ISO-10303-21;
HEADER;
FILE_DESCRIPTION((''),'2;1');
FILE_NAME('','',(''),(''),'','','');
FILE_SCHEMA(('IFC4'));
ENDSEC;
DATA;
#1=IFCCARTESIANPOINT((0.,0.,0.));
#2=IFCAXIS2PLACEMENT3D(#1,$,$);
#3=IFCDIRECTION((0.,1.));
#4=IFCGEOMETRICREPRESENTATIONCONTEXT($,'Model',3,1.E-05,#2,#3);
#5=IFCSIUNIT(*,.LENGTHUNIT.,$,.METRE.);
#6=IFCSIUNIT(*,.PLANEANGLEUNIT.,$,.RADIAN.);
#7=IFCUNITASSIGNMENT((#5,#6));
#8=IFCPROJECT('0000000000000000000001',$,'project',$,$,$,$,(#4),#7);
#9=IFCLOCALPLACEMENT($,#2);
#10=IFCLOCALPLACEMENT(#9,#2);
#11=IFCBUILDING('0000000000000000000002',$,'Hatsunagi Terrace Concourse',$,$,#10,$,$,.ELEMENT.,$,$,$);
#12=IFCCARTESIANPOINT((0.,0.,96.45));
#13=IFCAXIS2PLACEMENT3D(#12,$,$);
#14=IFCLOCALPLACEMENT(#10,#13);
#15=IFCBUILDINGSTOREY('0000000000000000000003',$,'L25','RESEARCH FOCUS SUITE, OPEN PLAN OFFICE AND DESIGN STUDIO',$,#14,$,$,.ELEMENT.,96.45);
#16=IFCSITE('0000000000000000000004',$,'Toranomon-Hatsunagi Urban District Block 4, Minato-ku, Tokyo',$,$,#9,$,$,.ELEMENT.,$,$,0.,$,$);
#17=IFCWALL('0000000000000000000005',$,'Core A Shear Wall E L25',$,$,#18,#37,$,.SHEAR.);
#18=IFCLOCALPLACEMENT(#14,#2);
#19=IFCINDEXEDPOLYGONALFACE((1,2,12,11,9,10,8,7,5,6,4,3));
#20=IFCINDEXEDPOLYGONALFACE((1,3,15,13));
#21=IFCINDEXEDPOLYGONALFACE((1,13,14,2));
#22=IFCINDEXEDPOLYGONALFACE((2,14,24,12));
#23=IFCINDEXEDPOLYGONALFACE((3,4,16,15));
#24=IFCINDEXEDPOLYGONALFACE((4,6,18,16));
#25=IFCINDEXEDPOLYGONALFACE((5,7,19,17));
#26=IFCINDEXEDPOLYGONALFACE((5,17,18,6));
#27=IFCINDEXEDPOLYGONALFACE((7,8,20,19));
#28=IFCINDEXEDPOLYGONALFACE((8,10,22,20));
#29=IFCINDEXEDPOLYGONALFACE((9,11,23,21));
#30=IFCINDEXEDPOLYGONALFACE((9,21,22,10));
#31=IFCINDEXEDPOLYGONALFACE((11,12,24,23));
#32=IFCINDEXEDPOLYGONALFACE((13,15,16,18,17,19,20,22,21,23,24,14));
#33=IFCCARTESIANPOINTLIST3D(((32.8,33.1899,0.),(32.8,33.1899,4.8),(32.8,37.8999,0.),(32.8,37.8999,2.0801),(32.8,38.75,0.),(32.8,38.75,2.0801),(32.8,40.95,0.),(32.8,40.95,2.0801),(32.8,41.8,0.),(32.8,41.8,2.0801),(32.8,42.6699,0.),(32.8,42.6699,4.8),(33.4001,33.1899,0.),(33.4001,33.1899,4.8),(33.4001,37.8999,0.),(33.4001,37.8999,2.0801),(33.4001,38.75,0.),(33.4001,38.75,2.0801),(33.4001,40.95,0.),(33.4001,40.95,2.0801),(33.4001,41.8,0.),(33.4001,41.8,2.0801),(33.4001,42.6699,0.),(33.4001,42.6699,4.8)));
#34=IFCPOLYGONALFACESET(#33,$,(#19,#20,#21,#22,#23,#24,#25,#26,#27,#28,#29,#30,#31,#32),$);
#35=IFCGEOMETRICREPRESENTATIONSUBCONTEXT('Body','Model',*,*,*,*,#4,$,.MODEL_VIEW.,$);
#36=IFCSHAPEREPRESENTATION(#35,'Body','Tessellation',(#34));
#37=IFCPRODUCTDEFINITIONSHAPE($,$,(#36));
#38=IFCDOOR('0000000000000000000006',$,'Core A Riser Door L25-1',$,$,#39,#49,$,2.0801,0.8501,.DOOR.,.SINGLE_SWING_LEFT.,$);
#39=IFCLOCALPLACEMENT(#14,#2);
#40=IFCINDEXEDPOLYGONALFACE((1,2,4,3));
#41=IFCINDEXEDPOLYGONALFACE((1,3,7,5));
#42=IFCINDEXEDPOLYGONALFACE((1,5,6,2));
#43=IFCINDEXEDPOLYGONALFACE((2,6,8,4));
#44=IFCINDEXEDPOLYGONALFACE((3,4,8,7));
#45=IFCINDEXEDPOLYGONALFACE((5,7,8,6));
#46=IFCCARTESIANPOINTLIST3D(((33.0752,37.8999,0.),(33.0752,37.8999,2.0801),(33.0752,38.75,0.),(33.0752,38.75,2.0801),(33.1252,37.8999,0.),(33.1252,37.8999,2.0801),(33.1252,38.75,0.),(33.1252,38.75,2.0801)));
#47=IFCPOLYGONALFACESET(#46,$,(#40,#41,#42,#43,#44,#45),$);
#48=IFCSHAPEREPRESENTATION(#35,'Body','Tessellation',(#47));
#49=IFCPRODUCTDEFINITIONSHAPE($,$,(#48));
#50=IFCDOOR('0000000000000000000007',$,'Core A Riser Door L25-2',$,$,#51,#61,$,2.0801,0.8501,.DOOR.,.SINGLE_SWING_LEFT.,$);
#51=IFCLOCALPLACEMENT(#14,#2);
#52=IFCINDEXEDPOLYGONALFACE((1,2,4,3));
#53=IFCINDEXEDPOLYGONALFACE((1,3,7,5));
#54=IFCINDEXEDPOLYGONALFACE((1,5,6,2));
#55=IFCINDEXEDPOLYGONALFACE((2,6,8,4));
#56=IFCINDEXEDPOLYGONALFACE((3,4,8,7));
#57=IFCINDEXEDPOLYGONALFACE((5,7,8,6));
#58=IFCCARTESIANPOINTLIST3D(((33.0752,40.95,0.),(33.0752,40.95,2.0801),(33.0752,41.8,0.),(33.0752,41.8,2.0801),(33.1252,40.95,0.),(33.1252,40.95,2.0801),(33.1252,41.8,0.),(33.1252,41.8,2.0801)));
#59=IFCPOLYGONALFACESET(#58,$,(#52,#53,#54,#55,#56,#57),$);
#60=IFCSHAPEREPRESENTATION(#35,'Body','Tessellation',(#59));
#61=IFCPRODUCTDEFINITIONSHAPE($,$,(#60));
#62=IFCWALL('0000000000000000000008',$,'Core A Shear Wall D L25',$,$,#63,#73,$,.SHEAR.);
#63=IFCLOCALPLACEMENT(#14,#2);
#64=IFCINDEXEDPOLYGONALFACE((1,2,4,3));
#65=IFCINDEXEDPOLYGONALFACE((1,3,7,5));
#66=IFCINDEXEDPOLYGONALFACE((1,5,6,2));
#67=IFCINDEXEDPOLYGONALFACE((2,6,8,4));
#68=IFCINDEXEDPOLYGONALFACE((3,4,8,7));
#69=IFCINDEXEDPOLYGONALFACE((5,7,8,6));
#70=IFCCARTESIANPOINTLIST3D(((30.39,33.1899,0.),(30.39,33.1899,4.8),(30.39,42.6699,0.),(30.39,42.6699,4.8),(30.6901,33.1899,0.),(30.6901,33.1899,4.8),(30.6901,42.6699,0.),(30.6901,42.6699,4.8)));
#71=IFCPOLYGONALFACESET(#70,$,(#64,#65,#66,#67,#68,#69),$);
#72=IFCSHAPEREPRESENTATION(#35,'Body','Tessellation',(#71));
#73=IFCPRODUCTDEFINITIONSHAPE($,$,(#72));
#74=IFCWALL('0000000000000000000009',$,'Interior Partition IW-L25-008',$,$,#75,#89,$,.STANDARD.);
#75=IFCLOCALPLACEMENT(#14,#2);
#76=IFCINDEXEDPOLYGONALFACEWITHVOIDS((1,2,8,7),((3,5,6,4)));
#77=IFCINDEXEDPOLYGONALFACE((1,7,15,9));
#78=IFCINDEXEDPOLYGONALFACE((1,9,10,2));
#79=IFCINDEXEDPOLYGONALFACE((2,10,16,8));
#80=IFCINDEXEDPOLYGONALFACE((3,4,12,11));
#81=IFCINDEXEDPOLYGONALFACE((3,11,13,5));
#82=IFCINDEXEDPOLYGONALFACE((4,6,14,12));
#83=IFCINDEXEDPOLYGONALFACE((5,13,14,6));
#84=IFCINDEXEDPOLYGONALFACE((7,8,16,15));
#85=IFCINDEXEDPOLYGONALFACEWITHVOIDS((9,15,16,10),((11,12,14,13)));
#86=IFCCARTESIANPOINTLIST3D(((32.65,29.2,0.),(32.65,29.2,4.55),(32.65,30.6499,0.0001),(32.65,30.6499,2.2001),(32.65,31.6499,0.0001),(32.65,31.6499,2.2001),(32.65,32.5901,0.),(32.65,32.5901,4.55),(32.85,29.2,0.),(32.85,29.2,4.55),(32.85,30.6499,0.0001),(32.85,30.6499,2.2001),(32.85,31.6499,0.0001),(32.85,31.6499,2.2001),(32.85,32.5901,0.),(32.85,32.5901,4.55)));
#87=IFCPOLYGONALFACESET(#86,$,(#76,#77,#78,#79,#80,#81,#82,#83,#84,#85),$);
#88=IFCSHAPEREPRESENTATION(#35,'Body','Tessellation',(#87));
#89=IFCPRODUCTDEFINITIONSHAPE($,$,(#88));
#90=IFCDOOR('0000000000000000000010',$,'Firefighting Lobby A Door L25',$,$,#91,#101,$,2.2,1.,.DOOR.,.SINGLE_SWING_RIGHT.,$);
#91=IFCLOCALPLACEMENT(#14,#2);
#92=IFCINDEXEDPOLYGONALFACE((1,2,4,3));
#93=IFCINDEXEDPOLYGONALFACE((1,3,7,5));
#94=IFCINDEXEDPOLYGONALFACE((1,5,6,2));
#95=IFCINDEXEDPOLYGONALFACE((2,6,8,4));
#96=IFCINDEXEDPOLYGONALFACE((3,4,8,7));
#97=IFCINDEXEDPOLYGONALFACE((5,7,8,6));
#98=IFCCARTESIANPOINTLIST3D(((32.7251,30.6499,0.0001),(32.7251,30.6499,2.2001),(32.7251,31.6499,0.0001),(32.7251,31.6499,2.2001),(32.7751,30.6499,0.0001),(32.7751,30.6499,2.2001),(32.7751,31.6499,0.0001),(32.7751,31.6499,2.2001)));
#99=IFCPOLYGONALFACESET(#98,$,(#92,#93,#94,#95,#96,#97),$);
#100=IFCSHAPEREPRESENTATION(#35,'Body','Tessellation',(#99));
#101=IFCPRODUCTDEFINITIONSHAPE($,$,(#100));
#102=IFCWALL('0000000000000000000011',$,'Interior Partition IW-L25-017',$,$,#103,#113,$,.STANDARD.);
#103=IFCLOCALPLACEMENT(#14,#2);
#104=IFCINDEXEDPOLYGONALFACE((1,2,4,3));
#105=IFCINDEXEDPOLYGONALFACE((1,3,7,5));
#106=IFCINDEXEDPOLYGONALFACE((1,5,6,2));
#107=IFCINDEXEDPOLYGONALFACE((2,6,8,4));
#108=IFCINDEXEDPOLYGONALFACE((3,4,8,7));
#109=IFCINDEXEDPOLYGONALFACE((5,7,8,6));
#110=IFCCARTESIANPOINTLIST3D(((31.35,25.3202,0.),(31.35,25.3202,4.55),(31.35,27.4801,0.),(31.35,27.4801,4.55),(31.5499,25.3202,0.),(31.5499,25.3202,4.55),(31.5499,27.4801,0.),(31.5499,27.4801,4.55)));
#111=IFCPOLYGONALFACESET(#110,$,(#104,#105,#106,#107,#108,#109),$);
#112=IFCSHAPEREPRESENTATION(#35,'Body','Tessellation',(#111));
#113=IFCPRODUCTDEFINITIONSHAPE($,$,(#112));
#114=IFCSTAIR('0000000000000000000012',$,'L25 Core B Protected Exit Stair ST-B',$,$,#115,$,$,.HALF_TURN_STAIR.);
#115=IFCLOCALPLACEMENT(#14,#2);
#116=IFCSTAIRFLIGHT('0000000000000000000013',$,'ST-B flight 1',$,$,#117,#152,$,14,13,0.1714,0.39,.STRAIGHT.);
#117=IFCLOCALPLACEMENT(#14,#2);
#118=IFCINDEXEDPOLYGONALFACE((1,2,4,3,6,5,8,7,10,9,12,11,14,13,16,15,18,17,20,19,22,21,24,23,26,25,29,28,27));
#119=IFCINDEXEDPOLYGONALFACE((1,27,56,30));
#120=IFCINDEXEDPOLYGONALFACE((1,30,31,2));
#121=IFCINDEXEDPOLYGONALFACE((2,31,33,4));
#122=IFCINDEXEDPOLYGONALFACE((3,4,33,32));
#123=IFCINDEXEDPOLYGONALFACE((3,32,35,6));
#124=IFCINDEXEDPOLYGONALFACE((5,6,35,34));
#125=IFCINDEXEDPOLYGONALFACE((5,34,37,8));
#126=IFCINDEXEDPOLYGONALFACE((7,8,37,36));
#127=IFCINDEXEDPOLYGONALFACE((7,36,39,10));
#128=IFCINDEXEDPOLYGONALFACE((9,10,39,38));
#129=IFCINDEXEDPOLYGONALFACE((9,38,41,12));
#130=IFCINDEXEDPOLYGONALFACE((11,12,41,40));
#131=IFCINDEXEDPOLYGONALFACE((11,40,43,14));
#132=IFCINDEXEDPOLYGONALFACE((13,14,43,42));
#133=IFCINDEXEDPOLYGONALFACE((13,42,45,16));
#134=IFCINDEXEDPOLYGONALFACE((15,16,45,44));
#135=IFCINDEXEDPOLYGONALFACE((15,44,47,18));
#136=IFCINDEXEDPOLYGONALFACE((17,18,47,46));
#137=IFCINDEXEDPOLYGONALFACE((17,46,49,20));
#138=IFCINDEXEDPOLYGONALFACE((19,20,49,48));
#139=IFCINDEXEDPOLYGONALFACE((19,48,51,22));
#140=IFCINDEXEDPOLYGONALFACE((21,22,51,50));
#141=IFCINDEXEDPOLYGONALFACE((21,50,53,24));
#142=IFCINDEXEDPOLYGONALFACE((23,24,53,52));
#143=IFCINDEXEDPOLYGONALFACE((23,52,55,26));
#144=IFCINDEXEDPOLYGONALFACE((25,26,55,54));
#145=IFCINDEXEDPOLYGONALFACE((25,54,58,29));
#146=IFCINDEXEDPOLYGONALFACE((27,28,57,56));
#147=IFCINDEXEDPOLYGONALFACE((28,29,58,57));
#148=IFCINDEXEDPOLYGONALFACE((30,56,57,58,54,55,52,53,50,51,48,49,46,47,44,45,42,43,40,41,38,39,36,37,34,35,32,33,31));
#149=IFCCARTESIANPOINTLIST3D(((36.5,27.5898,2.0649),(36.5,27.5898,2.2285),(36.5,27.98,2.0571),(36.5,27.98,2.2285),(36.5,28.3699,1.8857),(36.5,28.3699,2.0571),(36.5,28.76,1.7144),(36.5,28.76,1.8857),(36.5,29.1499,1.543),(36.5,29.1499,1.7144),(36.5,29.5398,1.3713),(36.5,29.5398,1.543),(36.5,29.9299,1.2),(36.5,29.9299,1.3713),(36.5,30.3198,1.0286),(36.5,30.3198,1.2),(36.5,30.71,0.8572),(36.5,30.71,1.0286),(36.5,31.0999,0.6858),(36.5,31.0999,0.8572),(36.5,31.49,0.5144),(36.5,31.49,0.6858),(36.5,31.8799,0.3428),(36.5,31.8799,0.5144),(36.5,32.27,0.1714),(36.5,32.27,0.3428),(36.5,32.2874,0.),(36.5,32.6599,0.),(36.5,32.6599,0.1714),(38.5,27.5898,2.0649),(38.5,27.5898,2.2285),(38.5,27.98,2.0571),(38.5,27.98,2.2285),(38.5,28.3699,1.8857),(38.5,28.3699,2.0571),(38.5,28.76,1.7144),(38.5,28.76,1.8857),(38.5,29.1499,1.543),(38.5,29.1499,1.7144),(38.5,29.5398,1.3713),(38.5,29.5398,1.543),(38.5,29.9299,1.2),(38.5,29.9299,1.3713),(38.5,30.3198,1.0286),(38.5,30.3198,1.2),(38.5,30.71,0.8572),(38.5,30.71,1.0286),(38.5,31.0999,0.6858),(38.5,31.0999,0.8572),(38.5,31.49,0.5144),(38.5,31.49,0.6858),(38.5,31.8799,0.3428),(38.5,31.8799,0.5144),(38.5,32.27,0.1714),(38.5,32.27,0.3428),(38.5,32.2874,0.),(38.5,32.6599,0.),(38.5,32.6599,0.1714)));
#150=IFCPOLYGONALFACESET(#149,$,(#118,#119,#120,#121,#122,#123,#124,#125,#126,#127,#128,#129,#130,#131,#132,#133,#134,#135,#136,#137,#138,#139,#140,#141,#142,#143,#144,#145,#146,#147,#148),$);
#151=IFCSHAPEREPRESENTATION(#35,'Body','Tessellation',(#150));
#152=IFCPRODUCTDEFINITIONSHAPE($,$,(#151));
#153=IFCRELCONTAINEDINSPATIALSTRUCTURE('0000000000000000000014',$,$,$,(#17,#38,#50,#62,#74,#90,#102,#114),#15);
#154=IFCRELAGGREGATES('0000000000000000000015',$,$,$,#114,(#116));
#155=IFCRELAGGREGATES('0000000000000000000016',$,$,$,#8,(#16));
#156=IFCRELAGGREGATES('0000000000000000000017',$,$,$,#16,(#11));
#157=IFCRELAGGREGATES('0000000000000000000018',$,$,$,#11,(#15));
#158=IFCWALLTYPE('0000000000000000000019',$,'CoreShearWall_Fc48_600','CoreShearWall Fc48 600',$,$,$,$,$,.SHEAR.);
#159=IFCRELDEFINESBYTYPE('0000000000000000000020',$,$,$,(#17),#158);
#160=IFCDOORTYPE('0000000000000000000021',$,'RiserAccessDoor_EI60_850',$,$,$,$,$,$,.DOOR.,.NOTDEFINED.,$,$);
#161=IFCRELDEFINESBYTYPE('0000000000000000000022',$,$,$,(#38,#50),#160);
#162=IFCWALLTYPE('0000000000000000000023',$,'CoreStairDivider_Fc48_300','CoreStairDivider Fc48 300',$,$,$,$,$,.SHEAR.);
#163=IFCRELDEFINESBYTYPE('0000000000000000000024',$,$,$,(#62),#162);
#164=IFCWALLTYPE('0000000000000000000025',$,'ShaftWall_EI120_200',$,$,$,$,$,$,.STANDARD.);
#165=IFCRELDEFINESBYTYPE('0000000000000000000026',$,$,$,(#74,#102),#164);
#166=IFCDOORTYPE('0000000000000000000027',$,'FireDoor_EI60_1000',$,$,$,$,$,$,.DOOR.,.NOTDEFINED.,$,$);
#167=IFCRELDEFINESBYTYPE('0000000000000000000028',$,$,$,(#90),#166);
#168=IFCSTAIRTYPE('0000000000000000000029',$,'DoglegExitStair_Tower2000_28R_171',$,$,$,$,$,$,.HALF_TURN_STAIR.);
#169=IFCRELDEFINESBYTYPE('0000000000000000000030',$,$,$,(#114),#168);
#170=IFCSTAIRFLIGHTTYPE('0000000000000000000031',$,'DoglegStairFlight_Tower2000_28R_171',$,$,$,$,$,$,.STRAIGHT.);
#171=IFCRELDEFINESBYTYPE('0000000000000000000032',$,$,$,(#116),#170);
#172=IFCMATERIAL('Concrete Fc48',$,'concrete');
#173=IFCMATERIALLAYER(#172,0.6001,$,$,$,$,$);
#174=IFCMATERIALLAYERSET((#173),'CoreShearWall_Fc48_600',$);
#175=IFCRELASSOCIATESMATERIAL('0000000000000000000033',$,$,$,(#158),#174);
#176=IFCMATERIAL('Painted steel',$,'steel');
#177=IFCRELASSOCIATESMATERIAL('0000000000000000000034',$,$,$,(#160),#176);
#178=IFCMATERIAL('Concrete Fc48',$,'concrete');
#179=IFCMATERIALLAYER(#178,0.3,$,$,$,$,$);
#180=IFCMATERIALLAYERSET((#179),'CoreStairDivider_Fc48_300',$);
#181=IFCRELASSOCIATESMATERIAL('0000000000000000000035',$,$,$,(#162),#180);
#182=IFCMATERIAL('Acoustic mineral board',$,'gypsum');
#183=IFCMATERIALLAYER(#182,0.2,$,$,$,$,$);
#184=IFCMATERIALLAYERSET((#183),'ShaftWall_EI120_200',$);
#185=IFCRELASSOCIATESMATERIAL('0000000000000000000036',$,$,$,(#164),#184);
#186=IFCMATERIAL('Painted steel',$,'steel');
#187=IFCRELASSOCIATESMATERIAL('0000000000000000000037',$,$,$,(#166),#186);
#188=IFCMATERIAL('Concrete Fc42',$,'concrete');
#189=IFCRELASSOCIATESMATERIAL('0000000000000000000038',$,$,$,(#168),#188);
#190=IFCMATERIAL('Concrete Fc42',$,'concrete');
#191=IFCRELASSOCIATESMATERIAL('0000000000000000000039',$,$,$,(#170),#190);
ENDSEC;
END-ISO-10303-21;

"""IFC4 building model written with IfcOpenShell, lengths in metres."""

from ifc_helpers import new_model, si_unit, direction, frame, frame_2d, origin, place, context, subcontext, project, spatial, polyline, rectangle, outline, extrude, material, layer, layer_set, type_object, element, fill, aggregate, save


model = new_model("IFC4")

# Units and contexts
model_context = context("Model", 3, precision=1e-05, world=origin(), true_north=direction((0.0, 1.0)))
body_context = subcontext(model_context, "Body", "Model", "MODEL_VIEW")
ifc_project = project(units=[si_unit("LENGTHUNIT", "METRE"), si_unit("PLANEANGLEUNIT", "RADIAN")], contexts=[model_context])

# Site, building, storey
site_placement = place(None, origin())
site = spatial("IfcSite", under=ifc_project, at=site_placement, Name="Toranomon-Hatsunagi Urban District Block 4, Minato-ku, Tokyo", CompositionType="ELEMENT", RefElevation=0.0)
building_placement = place(site_placement, origin())
building = spatial("IfcBuilding", under=site, at=building_placement, Name="Hatsunagi Terrace Concourse", CompositionType="ELEMENT")
storey_placement = place(building_placement, frame((0.0, 0.0, 96.45)))
storey = spatial("IfcBuildingStorey", under=building, at=storey_placement, Name="L25", Description="RESEARCH FOCUS SUITE, OPEN PLAN OFFICE AND DESIGN STUDIO", CompositionType="ELEMENT", Elevation=96.45)

# Wall, openings, doors
ifc_material_1 = material(Name="Concrete Fc48", Category="concrete")
ifc_layer_1 = layer(ifc_material_1, 0.6001)
ifc_layer_set_1 = layer_set([ifc_layer_1], Name="CoreShearWall_Fc48_600")
wall_type_1 = type_object("IfcWallType", Name="CoreShearWall_Fc48_600", Description="CoreShearWall Fc48 600", PredefinedType="SHEAR", material=ifc_layer_set_1)
wall_1_placement = place(storey_placement, frame((33.1001, 33.1899, 0.0), z_axis=(0.0, 0.0, 1.0), x_axis=(0.0, 1.0, 0.0)))
wall_1 = element("IfcWall", 1, at=wall_1_placement, inside=storey, type_object=wall_type_1, Name="Core A Shear Wall E L25", PredefinedType="SHEAR", context=body_context, shape_type="SweptSolid", body=[
    extrude(rectangle(XDim=9.48, YDim=0.6001, at=frame_2d((4.74, 0.0))), origin(), (0.0, 0.0, 1.0), 4.8),
])
opening_1_placement = place(wall_1_placement, frame((4.71, 0.0, 0.0)))
opening_1 = element("IfcOpeningElement", 2, at=opening_1_placement, cuts=wall_1, PredefinedType="OPENING", context=body_context, shape_type="SweptSolid", body=[
    extrude(rectangle(XDim=0.8501, YDim=2.0801, at=frame_2d((0.425, 1.04))), frame((0.0, 0.3101, 0.0), z_axis=(0.0, -1.0, 0.0), x_axis=(1.0, 0.0, 0.0)), (0.0, 0.0, 1.0), 0.6201),
])
opening_2_placement = place(wall_1_placement, frame((7.76, 0.0, 0.0)))
opening_2 = element("IfcOpeningElement", 3, at=opening_2_placement, cuts=wall_1, PredefinedType="OPENING", context=body_context, shape_type="SweptSolid", body=[
    extrude(rectangle(XDim=0.8501, YDim=2.0801, at=frame_2d((0.425, 1.04))), frame((0.0, 0.3101, 0.0), z_axis=(0.0, -1.0, 0.0), x_axis=(1.0, 0.0, 0.0)), (0.0, 0.0, 1.0), 0.6201),
])
ifc_material_2 = material(Name="Painted steel", Category="steel")
door_type_1 = type_object("IfcDoorType", Name="RiserAccessDoor_EI60_850", OperationType="NOTDEFINED", PredefinedType="DOOR", material=ifc_material_2)
door_1_placement = place(opening_1_placement, origin())
door_1 = element("IfcDoor", 4, at=door_1_placement, inside=storey, type_object=door_type_1, Name="Core A Riser Door L25-1", OperationType="SINGLE_SWING_LEFT", OverallHeight=2.0801, OverallWidth=0.8501, PredefinedType="DOOR", context=body_context, shape_type="SweptSolid", body=[
    extrude(rectangle(XDim=0.8501, YDim=2.0801, at=frame_2d((0.425, 1.04))), frame((0.0, 0.0249, 0.0), z_axis=(0.0, -1.0, 0.0), x_axis=(1.0, 0.0, 0.0)), (0.0, 0.0, 1.0), 0.05),
])
fill(opening_1, door_1)
door_2_placement = place(opening_2_placement, origin())
door_2 = element("IfcDoor", 5, at=door_2_placement, inside=storey, type_object=door_type_1, Name="Core A Riser Door L25-2", OperationType="SINGLE_SWING_LEFT", OverallHeight=2.0801, OverallWidth=0.8501, PredefinedType="DOOR", context=body_context, shape_type="SweptSolid", body=[
    extrude(rectangle(XDim=0.8501, YDim=2.0801, at=frame_2d((0.425, 1.04))), frame((0.0, 0.0249, 0.0), z_axis=(0.0, -1.0, 0.0), x_axis=(1.0, 0.0, 0.0)), (0.0, 0.0, 1.0), 0.05),
])
fill(opening_2, door_2)

# Wall
ifc_material_3 = material(Name="Concrete Fc48", Category="concrete")
ifc_layer_2 = layer(ifc_material_3, 0.3)
ifc_layer_set_2 = layer_set([ifc_layer_2], Name="CoreStairDivider_Fc48_300")
wall_type_2 = type_object("IfcWallType", Name="CoreStairDivider_Fc48_300", Description="CoreStairDivider Fc48 300", PredefinedType="SHEAR", material=ifc_layer_set_2)
wall_2_placement = place(storey_placement, frame((30.54, 33.1899, 0.0), z_axis=(0.0, 0.0, 1.0), x_axis=(0.0, 1.0, 0.0)))
element("IfcWall", 6, at=wall_2_placement, inside=storey, type_object=wall_type_2, Name="Core A Shear Wall D L25", PredefinedType="SHEAR", context=body_context, shape_type="SweptSolid", body=[
    extrude(rectangle(XDim=9.48, YDim=0.3, at=frame_2d((4.74, 0.0))), origin(), (0.0, 0.0, 1.0), 4.8),
])

# Wall, opening, door
ifc_material_4 = material(Name="Acoustic mineral board", Category="gypsum")
ifc_layer_3 = layer(ifc_material_4, 0.2)
ifc_layer_set_3 = layer_set([ifc_layer_3], Name="ShaftWall_EI120_200")
wall_type_3 = type_object("IfcWallType", Name="ShaftWall_EI120_200", PredefinedType="STANDARD", material=ifc_layer_set_3)
wall_3_placement = place(storey_placement, frame((32.75, 29.2, 0.0), z_axis=(0.0, 0.0, 1.0), x_axis=(0.0, 1.0, 0.0)))
wall_3 = element("IfcWall", 7, at=wall_3_placement, inside=storey, type_object=wall_type_3, Name="Interior Partition IW-L25-008", PredefinedType="STANDARD", context=body_context, shape_type="SweptSolid", body=[
    extrude(rectangle(XDim=3.3901, YDim=0.2, at=frame_2d((1.6951, 0.0))), origin(), (0.0, 0.0, 1.0), 4.55),
])
opening_3_placement = place(wall_3_placement, frame((1.45, 0.0, 0.0)))
opening_3 = element("IfcOpeningElement", 8, at=opening_3_placement, cuts=wall_3, PredefinedType="OPENING", context=body_context, shape_type="SweptSolid", body=[
    extrude(rectangle(XDim=1.0, YDim=2.2, at=frame_2d((0.5, 1.1001))), frame((0.0, 0.1099, 0.0), z_axis=(0.0, -1.0, 0.0), x_axis=(1.0, 0.0, 0.0)), (0.0, 0.0, 1.0), 0.22),
])
ifc_material_5 = material(Name="Painted steel", Category="steel")
door_type_2 = type_object("IfcDoorType", Name="FireDoor_EI60_1000", OperationType="NOTDEFINED", PredefinedType="DOOR", material=ifc_material_5)
door_3_placement = place(opening_3_placement, origin())
door_3 = element("IfcDoor", 9, at=door_3_placement, inside=storey, type_object=door_type_2, Name="Firefighting Lobby A Door L25", OperationType="SINGLE_SWING_RIGHT", OverallHeight=2.2, OverallWidth=1.0, PredefinedType="DOOR", context=body_context, shape_type="SweptSolid", body=[
    extrude(rectangle(XDim=1.0, YDim=2.2, at=frame_2d((0.5, 1.1001))), frame((0.0, 0.0249, 0.0), z_axis=(0.0, -1.0, 0.0), x_axis=(1.0, 0.0, 0.0)), (0.0, 0.0, 1.0), 0.05),
])
fill(opening_3, door_3)

# Wall
wall_4_placement = place(storey_placement, frame((31.45, 25.3201, 0.0), z_axis=(0.0, 0.0, 1.0), x_axis=(0.0, 1.0, 0.0)))
element("IfcWall", 10, at=wall_4_placement, inside=storey, type_object=wall_type_3, Name="Interior Partition IW-L25-017", PredefinedType="STANDARD", context=body_context, shape_type="SweptSolid", body=[
    extrude(rectangle(XDim=2.1599, YDim=0.2, at=frame_2d((1.0801, 0.0))), origin(), (0.0, 0.0, 1.0), 4.55),
])

# Stair, stair flight
ifc_material_6 = material(Name="Concrete Fc42", Category="concrete")
stair_type = type_object("IfcStairType", Name="DoglegExitStair_Tower2000_28R_171", PredefinedType="HALF_TURN_STAIR", material=ifc_material_6)
stair_placement = place(storey_placement, origin())
stair = element("IfcStair", 11, at=stair_placement, inside=storey, type_object=stair_type, Name="L25 Core B Protected Exit Stair ST-B", PredefinedType="HALF_TURN_STAIR")
ifc_material_7 = material(Name="Concrete Fc42", Category="concrete")
stair_flight_type = type_object("IfcStairFlightType", Name="DoglegStairFlight_Tower2000_28R_171", PredefinedType="STRAIGHT", material=ifc_material_7)
stair_flight_1_placement = place(storey_placement, frame((37.5, 32.6599, 0.0), z_axis=(0.0, 0.0, 1.0), x_axis=(0.0, -1.0, 0.0)))
stair_flight_1 = element("IfcStairFlight", 12, at=stair_flight_1_placement, type_object=stair_flight_type, Name="ST-B flight 1", NumberOfRisers=14, NumberOfTreads=13, PredefinedType="STRAIGHT", RiserHeight=0.1714, TreadLength=0.39, context=body_context, shape_type="SweptSolid", body=[
    extrude(outline(polyline([(0.0, 0.0), (0.0, 0.1714), (0.3899, 0.1714), (0.3899, 0.3428), (0.78, 0.3428), (0.78, 0.5144), (1.1699, 0.5144), (1.1699, 0.6858), (1.5601, 0.6858), (1.5601, 0.8572), (1.95, 0.8572), (1.95, 1.0286), (2.3401, 1.0286), (2.3401, 1.2), (2.73, 1.2), (2.73, 1.3713), (3.1201, 1.3713), (3.1201, 1.543), (3.51, 1.543), (3.51, 1.7144), (3.8999, 1.7144), (3.8999, 1.8857), (4.29, 1.8857), (4.29, 2.0571), (4.6799, 2.0571), (4.6799, 2.2285), (5.0701, 2.2285), (5.0701, 2.3999), (5.0701, 2.0649), (0.3726, 0.0), (0.0, 0.0)])), frame((0.0, 1.0, 0.0), z_axis=(0.0, -1.0, 0.0), x_axis=(1.0, 0.0, 0.0)), (0.0, 0.0, 1.0), 2.0),
])
aggregate(stair, [stair_flight_1])

save(model, "model.ifc")
